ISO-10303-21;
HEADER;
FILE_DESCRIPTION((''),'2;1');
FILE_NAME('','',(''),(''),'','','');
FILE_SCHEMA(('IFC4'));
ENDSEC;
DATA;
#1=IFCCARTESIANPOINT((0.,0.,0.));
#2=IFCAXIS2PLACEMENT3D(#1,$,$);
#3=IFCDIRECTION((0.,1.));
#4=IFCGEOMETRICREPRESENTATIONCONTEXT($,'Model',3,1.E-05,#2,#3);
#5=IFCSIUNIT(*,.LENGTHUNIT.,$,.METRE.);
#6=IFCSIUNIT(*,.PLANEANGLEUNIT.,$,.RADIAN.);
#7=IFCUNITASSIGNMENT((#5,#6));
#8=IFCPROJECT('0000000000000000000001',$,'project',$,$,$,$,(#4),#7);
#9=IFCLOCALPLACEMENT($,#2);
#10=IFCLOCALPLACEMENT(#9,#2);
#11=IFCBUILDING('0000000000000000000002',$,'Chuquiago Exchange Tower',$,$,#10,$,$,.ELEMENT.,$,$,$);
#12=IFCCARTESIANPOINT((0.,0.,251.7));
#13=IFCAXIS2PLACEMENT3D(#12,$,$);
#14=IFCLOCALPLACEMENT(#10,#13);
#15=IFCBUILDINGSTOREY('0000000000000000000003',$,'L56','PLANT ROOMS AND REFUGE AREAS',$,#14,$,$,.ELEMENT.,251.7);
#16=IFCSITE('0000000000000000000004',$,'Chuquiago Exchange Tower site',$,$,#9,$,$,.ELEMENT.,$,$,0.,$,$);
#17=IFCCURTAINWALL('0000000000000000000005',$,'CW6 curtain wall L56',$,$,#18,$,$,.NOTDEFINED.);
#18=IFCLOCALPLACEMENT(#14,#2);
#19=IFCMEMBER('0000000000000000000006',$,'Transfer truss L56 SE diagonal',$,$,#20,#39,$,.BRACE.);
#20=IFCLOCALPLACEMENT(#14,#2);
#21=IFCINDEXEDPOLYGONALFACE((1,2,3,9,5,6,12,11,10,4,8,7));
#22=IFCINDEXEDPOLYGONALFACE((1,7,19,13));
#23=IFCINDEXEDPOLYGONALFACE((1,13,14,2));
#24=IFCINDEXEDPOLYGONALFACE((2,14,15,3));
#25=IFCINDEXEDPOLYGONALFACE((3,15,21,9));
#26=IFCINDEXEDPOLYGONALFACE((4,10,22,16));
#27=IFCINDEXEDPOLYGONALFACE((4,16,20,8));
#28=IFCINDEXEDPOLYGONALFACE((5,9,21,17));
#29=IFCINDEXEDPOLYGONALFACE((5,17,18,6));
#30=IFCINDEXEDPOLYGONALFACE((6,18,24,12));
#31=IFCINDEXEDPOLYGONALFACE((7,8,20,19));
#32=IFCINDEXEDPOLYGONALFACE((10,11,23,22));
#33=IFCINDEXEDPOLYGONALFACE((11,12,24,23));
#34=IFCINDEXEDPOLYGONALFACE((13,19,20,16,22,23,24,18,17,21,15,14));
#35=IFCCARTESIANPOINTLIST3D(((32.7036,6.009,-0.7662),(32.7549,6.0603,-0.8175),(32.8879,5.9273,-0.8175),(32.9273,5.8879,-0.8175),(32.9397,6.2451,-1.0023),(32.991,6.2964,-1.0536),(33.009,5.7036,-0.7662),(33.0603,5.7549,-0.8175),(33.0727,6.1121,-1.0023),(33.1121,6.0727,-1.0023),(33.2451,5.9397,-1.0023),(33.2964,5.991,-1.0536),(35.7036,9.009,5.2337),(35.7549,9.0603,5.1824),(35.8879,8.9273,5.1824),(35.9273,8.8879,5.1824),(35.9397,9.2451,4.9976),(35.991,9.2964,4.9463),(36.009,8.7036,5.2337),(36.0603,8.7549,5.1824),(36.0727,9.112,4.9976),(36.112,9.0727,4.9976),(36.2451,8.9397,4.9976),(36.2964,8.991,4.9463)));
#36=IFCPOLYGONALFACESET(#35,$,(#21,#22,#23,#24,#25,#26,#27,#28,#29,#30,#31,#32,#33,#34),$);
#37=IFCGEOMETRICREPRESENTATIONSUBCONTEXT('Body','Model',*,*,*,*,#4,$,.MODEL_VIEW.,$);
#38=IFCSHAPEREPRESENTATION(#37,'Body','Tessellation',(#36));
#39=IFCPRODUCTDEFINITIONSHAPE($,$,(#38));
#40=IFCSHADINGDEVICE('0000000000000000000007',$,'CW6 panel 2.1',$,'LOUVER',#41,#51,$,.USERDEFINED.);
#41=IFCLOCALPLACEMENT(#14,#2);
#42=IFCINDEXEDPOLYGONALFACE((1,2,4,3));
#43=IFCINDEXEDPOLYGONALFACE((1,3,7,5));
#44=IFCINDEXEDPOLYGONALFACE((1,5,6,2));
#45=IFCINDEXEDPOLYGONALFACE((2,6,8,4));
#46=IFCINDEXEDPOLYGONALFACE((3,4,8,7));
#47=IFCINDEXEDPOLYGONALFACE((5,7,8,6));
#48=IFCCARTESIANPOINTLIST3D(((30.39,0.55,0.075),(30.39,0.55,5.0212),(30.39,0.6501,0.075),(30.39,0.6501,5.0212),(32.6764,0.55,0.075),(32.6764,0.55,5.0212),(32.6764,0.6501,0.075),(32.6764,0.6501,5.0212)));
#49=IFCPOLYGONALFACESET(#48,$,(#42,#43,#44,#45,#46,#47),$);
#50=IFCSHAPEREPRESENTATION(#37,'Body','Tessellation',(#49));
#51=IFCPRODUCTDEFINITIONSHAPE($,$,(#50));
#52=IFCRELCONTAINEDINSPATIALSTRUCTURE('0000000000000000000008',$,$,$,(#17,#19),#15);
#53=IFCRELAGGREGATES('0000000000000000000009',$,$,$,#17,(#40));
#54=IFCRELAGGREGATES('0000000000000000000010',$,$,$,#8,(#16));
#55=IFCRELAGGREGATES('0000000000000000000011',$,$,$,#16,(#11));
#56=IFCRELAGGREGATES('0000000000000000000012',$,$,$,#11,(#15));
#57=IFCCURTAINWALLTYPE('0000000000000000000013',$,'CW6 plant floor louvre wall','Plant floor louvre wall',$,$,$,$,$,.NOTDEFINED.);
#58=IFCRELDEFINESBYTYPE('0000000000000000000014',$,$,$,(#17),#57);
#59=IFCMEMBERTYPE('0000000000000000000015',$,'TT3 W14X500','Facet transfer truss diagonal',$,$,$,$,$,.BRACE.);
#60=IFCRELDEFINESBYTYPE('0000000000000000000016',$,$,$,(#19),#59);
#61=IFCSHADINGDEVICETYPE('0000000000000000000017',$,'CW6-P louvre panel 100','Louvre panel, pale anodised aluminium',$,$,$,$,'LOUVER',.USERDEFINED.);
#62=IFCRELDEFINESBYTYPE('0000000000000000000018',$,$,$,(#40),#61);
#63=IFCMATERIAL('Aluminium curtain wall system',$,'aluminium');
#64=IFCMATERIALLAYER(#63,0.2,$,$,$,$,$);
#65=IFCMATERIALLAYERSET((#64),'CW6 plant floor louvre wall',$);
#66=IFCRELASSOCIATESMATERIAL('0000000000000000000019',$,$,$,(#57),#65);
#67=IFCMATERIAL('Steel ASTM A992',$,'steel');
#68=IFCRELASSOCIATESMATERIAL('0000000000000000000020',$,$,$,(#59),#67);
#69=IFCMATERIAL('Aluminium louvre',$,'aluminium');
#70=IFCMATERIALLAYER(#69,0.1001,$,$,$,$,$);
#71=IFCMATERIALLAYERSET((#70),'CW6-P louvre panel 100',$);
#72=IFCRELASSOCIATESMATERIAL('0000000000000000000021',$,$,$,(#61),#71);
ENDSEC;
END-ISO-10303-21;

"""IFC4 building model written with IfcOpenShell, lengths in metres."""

from ifc_helpers import new_model, si_unit, direction, frame, origin, origin_2d, place, context, subcontext, project, spatial, rectangle, i_section, extrude, material, layer, layer_set, material_profile, profile_set, type_object, element, aggregate, save


model = new_model("IFC4")

# Units and contexts
model_context = context("Model", 3, precision=1e-05, world=origin(), true_north=direction((0.0, 1.0)))
body_context = subcontext(model_context, "Body", "Model", "MODEL_VIEW")
ifc_project = project(units=[si_unit("LENGTHUNIT", "METRE"), si_unit("PLANEANGLEUNIT", "RADIAN")], contexts=[model_context])

# Site, building, storey
site_placement = place(None, origin())
site = spatial("IfcSite", under=ifc_project, at=site_placement, Name="Chuquiago Exchange Tower site", CompositionType="ELEMENT", RefElevation=0.0)
building_placement = place(site_placement, origin())
building = spatial("IfcBuilding", under=site, at=building_placement, Name="Chuquiago Exchange Tower", CompositionType="ELEMENT")
storey_placement = place(building_placement, frame((0.0, 0.0, 251.7)))
storey = spatial("IfcBuildingStorey", under=building, at=storey_placement, Name="L56", Description="PLANT ROOMS AND REFUGE AREAS", CompositionType="ELEMENT", Elevation=251.7)

# Curtain wall
ifc_material_1 = material(Name="Aluminium curtain wall system", Category="aluminium")
ifc_layer_1 = layer(ifc_material_1, 0.2)
ifc_layer_set_1 = layer_set([ifc_layer_1], Name="CW6 plant floor louvre wall")
curtain_wall_type = type_object("IfcCurtainWallType", Name="CW6 plant floor louvre wall", Description="Plant floor louvre wall", PredefinedType="NOTDEFINED", material=ifc_layer_set_1)
curtain_wall_1_placement = place(storey_placement, origin())
curtain_wall_1 = element("IfcCurtainWall", 1, at=curtain_wall_1_placement, inside=storey, type_object=curtain_wall_type, Name="CW6 curtain wall L56", PredefinedType="NOTDEFINED")

# Member
ifc_material_2 = material(Name="Steel ASTM A992", Category="steel")
ifc_material_profile_1 = material_profile(ifc_material_2, i_section(OverallWidth=0.4319, OverallDepth=0.4978, WebThickness=0.0557, FlangeThickness=0.0889, at=origin_2d()), Name="W14X500")
ifc_profile_set_1 = profile_set([ifc_material_profile_1], Name="Steel ASTM A992")
member_type_1 = type_object("IfcMemberType", Name="TT3 W14X500", Description="Facet transfer truss diagonal", PredefinedType="BRACE", material=ifc_profile_set_1)
for number, where, z_axis, x_axis, name in (
    (2, (33.0, 6.0, -0.9099), (0.408248, 0.408248, 0.816497), (-0.707107, 0.707107, 0.0), "Transfer truss L56 SE diagonal"),
):
    element("IfcMember", number, at=place(storey_placement, frame(where, z_axis=z_axis, x_axis=x_axis)), inside=storey, type_object=member_type_1, Name=name, PredefinedType="BRACE", context=body_context, shape_type="SweptSolid", body=[
        extrude(i_section(OverallWidth=0.4319, OverallDepth=0.4978, WebThickness=0.0557, FlangeThickness=0.0889, at=origin_2d()), origin(), (0.0, 0.0, 1.0), 7.3484),
    ])

# Shading device
ifc_material_3 = material(Name="Aluminium louvre", Category="aluminium")
ifc_layer_2 = layer(ifc_material_3, 0.1001)
ifc_layer_set_2 = layer_set([ifc_layer_2], Name="CW6-P louvre panel 100")
shading_device_type = type_object("IfcShadingDeviceType", Name="CW6-P louvre panel 100", Description="Louvre panel, pale anodised aluminium", ElementType="LOUVER", PredefinedType="USERDEFINED", material=ifc_layer_set_2)
shading_device_placement = place(storey_placement, frame((31.5332, 0.6001, 0.075), z_axis=(0.0, 0.0, 1.0), x_axis=(1.0, 0.0, 0.0)))
shading_device = element("IfcShadingDevice", 3, at=shading_device_placement, type_object=shading_device_type, Name="CW6 panel 2.1", ObjectType="LOUVER", PredefinedType="USERDEFINED", context=body_context, shape_type="SweptSolid", body=[
    extrude(rectangle(XDim=2.2864, YDim=0.1001, at=origin_2d()), origin(), (0.0, 0.0, 1.0), 4.9463),
])
aggregate(curtain_wall_1, [shading_device])

save(model, "model.ifc")
